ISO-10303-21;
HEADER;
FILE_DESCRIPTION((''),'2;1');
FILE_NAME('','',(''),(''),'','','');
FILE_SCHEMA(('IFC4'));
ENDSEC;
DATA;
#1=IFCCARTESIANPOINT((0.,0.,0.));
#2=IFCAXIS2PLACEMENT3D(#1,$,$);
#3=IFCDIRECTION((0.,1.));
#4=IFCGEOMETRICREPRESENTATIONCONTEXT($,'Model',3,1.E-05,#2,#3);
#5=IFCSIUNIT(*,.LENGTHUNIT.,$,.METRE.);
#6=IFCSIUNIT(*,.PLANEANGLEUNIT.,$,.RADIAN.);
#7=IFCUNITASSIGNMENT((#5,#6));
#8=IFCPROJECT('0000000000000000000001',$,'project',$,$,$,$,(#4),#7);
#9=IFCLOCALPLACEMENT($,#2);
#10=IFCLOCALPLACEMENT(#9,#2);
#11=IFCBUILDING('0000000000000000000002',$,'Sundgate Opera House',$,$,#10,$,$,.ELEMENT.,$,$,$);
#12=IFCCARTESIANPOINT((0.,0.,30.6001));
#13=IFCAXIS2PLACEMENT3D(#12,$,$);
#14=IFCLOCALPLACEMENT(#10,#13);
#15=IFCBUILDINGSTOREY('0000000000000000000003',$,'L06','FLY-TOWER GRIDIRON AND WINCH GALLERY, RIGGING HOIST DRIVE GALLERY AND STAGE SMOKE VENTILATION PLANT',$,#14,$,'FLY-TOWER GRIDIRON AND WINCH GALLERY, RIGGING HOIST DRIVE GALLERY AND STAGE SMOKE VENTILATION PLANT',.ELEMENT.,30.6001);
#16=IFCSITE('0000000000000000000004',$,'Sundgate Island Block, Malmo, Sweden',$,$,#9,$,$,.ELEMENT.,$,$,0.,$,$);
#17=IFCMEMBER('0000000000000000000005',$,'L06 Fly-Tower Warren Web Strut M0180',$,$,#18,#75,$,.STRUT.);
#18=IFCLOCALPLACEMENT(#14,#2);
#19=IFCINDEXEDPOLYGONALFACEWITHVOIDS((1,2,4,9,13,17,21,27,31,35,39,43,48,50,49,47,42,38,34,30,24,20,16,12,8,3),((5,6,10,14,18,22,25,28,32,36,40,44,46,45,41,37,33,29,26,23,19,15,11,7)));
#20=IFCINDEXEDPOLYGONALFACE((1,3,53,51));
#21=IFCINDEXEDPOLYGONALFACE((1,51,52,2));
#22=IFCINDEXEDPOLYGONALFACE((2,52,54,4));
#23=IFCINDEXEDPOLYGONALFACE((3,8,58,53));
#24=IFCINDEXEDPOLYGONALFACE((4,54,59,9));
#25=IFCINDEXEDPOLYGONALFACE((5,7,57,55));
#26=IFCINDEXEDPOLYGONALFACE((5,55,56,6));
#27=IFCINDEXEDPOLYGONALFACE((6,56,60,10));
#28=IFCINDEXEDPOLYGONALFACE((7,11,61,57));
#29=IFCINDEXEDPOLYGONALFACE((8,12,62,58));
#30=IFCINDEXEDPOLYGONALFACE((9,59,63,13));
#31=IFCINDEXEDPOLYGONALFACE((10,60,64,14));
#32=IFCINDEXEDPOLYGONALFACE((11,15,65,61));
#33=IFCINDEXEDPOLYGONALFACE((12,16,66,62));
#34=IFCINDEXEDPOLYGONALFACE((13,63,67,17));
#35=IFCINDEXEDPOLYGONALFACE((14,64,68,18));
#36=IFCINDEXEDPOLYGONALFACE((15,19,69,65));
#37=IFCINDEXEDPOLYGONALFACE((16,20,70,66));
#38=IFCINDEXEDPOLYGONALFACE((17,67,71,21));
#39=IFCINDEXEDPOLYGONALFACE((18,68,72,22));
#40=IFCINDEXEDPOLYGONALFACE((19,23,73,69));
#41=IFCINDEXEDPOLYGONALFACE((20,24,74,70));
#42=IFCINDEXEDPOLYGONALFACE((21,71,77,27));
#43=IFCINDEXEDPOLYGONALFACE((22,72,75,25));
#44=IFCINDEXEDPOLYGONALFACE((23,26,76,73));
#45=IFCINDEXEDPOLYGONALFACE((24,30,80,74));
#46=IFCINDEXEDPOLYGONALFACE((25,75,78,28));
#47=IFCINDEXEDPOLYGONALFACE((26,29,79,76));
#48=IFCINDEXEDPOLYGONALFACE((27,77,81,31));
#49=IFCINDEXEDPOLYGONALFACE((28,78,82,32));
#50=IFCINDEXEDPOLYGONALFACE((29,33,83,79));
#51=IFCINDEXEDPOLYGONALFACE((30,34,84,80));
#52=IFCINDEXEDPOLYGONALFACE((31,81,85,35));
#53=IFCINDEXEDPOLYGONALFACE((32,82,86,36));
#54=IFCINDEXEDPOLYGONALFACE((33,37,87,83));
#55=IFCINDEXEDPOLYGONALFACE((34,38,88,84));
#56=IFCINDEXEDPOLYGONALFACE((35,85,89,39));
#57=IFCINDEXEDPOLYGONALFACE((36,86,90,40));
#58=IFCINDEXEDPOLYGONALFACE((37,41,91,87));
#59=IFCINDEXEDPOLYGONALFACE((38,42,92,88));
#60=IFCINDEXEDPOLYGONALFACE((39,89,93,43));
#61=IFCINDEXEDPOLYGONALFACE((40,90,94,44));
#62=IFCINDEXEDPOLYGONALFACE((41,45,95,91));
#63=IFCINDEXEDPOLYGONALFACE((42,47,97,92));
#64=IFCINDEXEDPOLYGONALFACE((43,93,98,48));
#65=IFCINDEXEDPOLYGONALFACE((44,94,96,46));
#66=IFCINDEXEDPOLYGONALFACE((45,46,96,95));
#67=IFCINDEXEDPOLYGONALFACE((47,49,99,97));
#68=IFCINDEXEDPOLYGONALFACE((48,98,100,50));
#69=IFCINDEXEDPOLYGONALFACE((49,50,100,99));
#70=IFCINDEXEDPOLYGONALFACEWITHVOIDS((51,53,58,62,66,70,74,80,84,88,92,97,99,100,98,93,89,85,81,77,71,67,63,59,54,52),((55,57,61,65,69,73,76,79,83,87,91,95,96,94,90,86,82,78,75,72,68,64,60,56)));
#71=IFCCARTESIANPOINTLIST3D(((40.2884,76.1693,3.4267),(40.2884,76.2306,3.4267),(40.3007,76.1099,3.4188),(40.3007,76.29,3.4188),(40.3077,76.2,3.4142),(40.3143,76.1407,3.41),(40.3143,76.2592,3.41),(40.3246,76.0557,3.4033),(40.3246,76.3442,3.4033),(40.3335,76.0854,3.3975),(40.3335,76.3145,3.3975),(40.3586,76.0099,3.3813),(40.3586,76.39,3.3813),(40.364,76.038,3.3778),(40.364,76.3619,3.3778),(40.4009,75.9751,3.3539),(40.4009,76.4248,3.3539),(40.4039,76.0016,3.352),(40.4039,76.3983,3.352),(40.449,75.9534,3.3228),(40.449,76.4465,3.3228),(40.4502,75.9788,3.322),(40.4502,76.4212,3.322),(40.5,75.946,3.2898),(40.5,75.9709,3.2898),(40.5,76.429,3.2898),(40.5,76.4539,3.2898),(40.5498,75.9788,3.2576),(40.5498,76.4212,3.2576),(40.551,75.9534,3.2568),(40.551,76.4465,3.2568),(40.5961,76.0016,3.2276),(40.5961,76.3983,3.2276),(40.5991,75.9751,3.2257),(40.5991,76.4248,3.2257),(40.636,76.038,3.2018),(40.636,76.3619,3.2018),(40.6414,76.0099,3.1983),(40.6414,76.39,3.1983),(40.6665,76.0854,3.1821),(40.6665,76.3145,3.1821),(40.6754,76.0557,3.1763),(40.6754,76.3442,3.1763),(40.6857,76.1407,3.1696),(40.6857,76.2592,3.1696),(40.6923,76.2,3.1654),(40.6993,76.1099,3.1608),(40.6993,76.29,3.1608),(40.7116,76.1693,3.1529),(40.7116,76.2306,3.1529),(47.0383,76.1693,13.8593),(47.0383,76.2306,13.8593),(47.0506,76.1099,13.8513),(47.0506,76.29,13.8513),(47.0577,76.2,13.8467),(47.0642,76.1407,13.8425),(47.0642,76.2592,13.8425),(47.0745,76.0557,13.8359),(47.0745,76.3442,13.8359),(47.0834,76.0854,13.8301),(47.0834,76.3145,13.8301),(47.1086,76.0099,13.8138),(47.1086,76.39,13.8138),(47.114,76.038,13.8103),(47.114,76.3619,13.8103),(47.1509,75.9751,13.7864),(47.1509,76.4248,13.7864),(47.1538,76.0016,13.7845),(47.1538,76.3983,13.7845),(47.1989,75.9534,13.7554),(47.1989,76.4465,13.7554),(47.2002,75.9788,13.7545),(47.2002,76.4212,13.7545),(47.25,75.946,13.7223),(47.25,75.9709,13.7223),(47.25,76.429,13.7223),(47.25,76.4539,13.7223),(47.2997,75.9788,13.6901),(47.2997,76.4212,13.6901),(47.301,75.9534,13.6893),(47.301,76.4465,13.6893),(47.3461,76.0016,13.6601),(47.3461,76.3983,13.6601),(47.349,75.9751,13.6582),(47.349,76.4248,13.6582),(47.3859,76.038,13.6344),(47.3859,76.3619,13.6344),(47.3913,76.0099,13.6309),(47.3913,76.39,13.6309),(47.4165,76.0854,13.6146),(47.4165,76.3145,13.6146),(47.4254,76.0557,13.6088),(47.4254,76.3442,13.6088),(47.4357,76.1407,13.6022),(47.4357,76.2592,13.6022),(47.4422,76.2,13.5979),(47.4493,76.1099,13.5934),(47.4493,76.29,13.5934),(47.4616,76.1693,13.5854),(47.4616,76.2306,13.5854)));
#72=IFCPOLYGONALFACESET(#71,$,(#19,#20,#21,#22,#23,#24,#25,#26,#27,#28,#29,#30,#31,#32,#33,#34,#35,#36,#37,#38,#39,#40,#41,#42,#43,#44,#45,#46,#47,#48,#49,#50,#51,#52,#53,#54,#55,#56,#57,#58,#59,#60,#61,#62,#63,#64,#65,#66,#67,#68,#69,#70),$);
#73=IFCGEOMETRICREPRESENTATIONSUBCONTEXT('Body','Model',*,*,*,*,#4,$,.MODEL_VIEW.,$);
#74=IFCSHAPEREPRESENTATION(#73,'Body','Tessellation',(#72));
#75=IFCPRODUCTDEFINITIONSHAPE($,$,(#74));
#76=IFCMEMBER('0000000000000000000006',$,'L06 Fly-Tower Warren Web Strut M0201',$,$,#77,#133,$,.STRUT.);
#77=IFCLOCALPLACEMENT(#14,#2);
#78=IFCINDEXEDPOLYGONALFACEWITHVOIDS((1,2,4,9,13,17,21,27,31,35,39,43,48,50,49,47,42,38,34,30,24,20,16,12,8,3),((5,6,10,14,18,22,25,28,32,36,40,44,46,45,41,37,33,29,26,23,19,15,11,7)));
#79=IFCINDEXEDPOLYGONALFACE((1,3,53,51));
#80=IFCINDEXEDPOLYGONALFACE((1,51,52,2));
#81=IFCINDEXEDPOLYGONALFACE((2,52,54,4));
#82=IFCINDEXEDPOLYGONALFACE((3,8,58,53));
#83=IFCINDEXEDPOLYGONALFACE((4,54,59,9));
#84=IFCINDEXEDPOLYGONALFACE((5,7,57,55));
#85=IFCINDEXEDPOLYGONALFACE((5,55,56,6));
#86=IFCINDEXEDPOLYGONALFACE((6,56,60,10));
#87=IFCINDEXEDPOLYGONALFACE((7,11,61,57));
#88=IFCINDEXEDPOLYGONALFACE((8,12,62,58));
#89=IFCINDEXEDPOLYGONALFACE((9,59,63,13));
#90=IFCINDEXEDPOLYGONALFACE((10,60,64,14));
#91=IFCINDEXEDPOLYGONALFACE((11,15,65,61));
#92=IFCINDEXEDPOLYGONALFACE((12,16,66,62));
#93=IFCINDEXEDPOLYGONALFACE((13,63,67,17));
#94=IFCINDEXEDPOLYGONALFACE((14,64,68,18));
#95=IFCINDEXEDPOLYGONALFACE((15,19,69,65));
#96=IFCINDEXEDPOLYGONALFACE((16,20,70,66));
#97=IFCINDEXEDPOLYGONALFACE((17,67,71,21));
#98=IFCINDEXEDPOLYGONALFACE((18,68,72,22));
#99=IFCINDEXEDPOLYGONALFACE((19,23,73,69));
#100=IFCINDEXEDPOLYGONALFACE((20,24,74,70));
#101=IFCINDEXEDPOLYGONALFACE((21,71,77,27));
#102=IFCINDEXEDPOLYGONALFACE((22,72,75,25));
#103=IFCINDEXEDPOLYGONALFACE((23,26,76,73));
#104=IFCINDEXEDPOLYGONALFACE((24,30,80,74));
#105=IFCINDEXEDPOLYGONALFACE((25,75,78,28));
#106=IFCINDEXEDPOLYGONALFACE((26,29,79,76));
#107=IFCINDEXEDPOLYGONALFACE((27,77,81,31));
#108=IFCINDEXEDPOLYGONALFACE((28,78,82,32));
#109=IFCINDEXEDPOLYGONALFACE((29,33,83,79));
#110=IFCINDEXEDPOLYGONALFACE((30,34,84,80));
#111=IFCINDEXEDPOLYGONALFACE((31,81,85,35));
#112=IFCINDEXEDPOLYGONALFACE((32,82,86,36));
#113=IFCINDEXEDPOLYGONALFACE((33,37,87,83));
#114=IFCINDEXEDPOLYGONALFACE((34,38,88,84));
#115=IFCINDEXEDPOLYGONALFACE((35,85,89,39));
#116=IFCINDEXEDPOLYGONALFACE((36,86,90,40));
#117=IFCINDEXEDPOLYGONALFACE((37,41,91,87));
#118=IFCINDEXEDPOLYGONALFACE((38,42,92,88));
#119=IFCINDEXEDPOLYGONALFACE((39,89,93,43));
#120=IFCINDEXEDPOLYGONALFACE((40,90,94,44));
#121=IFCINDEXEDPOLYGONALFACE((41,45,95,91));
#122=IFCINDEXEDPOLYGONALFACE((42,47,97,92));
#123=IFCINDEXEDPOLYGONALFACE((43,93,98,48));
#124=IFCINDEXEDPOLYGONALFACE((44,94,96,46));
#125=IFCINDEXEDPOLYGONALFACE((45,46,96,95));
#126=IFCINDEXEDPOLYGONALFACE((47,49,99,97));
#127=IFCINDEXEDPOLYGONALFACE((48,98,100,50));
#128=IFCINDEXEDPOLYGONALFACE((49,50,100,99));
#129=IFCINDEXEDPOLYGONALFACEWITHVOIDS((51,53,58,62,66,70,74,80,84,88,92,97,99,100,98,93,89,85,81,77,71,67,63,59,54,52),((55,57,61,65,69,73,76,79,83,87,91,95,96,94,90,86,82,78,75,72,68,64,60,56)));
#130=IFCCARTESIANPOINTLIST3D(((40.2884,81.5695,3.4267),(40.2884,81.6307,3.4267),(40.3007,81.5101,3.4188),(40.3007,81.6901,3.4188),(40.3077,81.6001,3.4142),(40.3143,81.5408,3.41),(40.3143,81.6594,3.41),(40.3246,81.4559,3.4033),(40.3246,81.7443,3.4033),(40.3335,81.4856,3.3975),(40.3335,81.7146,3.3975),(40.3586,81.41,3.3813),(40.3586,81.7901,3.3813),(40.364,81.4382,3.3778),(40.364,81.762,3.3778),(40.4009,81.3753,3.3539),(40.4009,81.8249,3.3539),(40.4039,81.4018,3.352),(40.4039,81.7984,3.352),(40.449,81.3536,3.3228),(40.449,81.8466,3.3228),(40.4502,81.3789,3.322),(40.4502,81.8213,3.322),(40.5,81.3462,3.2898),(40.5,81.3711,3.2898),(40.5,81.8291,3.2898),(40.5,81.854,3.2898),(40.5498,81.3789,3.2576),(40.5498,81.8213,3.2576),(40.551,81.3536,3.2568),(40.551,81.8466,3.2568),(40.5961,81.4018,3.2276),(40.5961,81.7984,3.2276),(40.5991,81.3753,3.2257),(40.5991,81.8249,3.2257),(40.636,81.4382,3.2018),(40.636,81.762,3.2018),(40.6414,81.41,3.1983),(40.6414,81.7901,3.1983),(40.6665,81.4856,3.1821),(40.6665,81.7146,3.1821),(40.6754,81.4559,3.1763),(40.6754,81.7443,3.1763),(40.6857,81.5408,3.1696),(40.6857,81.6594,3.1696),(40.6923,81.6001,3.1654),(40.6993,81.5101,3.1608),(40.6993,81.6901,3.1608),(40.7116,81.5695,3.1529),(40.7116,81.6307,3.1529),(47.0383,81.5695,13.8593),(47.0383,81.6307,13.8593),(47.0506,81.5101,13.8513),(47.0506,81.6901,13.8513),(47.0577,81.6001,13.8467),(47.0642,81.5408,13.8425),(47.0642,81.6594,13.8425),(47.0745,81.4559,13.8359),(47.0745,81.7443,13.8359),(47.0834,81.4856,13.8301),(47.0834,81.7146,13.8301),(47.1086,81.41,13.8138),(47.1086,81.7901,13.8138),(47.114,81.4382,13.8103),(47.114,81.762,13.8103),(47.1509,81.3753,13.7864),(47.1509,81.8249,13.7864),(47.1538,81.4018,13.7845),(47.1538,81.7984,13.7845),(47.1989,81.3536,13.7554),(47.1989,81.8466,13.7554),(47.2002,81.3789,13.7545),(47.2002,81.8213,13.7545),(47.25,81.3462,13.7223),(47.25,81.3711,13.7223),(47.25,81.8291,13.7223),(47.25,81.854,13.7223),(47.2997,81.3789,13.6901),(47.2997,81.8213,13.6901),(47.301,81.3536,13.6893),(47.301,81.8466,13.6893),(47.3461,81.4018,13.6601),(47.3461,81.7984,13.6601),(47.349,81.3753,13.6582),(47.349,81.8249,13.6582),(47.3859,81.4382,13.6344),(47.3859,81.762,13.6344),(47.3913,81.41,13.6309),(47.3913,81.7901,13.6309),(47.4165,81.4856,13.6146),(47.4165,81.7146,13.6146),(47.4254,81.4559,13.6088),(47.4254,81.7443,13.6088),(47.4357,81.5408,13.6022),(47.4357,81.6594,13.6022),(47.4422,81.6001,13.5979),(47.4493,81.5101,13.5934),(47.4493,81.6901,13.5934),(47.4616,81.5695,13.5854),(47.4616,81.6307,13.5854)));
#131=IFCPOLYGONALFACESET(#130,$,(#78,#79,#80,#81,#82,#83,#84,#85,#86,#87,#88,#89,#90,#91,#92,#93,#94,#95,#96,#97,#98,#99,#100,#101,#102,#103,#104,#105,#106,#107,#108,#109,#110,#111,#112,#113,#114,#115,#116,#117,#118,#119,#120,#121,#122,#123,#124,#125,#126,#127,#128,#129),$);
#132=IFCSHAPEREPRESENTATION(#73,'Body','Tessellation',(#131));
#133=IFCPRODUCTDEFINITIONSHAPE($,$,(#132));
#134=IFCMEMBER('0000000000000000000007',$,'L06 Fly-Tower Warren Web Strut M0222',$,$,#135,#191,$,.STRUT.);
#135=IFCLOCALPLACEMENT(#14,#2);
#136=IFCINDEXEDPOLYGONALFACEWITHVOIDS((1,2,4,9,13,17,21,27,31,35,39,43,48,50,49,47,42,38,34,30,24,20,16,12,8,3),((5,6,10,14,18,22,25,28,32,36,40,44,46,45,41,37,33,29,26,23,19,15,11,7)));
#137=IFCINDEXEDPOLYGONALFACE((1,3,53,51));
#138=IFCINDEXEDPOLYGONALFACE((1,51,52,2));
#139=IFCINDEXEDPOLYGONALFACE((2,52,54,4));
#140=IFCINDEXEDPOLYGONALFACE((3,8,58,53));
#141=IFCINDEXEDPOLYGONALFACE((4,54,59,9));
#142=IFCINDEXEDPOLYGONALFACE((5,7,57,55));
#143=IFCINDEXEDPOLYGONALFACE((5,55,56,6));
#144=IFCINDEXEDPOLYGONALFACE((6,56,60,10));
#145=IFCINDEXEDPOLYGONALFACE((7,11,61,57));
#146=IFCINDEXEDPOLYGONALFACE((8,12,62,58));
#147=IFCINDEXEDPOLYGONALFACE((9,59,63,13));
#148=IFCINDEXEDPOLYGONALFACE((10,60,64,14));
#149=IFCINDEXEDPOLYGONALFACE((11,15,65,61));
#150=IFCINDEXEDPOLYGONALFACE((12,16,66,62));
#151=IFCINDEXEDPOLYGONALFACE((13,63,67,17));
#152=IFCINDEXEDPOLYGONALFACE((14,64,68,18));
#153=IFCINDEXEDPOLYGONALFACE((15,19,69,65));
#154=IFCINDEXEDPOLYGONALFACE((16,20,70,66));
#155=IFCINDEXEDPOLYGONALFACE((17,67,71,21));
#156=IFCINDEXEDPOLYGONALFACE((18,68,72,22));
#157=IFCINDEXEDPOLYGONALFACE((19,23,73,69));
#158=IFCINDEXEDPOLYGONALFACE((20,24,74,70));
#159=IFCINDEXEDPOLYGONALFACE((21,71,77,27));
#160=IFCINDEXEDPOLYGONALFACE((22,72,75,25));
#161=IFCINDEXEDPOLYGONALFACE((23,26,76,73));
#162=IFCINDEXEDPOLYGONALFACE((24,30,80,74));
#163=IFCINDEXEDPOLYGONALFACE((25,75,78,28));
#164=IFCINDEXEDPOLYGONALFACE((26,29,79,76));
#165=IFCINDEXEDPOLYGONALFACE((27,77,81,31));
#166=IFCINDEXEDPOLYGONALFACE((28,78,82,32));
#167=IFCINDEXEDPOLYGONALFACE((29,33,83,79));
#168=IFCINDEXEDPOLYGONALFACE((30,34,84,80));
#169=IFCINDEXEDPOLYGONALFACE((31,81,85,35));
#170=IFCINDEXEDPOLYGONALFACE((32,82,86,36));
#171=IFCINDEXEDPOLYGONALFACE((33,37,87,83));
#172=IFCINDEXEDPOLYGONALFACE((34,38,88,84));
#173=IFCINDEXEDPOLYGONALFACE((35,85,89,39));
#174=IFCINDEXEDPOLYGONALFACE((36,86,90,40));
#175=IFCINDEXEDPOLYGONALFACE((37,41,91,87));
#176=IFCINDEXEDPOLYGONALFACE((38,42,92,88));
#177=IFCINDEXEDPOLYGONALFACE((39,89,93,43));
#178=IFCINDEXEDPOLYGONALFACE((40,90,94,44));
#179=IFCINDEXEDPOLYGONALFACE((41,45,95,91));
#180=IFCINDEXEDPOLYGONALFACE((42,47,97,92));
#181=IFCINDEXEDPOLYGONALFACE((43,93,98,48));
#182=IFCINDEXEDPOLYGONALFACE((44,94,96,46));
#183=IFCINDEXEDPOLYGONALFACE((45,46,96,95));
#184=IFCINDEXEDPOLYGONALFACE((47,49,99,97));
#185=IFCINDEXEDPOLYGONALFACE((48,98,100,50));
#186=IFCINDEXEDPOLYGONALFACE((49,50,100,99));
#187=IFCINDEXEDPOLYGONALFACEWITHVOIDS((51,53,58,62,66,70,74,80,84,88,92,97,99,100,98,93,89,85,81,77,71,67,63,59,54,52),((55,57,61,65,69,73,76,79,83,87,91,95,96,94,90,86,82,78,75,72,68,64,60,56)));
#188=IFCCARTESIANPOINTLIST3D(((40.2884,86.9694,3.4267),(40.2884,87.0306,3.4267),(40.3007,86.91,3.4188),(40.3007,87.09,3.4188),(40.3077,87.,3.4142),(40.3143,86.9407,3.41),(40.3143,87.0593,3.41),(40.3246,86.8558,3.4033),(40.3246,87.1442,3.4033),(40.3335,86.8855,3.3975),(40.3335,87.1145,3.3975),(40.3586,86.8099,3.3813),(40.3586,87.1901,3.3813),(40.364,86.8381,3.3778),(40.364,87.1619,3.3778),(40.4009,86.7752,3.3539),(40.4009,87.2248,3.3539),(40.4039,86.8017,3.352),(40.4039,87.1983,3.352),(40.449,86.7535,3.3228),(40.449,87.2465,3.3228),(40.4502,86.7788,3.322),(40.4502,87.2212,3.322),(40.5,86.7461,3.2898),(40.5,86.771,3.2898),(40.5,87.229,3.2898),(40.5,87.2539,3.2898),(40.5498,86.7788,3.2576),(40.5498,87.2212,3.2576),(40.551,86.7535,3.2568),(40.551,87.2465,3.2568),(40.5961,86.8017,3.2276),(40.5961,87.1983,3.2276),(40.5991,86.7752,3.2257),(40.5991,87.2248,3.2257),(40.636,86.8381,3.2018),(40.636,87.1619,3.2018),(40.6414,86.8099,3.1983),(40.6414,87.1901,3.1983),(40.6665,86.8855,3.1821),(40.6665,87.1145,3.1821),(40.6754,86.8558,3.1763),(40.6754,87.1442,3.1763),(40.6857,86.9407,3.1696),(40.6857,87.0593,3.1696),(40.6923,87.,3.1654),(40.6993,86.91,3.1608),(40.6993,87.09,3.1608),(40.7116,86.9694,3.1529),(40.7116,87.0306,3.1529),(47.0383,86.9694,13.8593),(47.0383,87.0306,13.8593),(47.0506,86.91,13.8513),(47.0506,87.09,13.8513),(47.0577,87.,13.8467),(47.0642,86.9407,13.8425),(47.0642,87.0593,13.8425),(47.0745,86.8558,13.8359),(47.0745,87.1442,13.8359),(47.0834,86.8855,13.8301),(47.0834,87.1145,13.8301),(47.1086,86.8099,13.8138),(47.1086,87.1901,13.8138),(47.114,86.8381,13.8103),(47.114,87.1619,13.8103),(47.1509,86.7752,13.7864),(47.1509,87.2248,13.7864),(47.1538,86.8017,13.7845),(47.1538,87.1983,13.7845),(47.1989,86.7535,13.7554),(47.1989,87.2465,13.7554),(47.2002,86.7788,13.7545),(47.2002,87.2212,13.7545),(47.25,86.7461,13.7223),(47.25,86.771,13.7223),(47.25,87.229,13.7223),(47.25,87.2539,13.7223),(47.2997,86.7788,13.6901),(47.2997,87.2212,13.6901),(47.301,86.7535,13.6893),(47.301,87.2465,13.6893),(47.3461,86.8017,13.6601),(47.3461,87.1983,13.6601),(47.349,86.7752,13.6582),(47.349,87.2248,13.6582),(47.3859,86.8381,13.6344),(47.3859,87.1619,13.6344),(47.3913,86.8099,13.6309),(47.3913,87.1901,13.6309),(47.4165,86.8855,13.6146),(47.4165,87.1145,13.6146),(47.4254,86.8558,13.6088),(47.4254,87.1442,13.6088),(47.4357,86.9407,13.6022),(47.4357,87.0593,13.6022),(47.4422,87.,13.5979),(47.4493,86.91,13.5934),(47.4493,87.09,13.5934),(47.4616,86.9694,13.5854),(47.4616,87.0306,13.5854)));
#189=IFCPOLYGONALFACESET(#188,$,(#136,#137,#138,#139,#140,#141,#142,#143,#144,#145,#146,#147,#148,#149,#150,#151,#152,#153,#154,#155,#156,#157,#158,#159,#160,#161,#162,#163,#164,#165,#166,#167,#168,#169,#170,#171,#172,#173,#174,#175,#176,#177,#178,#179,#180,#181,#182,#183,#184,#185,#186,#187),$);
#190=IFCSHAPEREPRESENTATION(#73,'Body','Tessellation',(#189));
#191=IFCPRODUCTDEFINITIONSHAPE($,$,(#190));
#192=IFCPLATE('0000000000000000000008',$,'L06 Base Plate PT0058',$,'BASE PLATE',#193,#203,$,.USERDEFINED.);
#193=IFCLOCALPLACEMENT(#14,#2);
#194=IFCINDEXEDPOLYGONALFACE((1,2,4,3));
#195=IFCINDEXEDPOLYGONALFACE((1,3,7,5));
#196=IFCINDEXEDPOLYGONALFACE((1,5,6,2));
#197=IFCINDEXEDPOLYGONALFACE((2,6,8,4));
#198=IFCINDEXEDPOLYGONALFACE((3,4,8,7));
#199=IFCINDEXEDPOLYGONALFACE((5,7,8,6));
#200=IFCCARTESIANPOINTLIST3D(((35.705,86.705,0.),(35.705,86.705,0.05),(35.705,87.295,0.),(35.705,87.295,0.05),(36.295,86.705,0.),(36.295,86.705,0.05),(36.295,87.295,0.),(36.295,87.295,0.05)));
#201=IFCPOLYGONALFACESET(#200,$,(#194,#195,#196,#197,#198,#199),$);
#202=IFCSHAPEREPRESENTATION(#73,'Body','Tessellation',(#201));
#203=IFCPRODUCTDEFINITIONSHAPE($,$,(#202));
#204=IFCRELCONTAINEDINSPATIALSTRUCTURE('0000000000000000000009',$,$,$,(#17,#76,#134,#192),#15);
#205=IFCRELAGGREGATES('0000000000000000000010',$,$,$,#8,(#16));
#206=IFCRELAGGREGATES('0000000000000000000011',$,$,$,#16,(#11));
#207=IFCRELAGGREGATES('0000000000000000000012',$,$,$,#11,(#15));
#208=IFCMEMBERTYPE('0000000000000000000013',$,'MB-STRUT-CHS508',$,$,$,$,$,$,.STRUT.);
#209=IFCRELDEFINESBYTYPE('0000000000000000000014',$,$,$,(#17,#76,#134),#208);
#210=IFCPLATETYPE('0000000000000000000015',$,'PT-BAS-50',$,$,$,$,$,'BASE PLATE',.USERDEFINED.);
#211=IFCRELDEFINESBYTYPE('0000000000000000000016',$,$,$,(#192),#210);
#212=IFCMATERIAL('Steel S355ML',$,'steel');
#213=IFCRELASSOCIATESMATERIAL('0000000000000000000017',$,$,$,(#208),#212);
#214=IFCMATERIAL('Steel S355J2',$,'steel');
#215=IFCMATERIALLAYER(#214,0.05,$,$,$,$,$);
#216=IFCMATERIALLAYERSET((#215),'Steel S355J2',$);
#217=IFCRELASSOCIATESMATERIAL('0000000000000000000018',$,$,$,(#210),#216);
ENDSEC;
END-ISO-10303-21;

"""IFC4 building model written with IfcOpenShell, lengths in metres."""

from ifc_helpers import new_model, si_unit, direction, frame, origin, origin_2d, place, context, subcontext, project, spatial, rectangle, hollow_circle, extrude, material, layer, layer_set, material_profile, profile_set, type_object, element, save


model = new_model("IFC4")

# Units and contexts
model_context = context("Model", 3, precision=1e-05, world=origin(), true_north=direction((0.0, 1.0)))
body_context = subcontext(model_context, "Body", "Model", "MODEL_VIEW")
ifc_project = project(units=[si_unit("LENGTHUNIT", "METRE"), si_unit("PLANEANGLEUNIT", "RADIAN")], contexts=[model_context])

# Site, building, storey
site_placement = place(None, origin())
site = spatial("IfcSite", under=ifc_project, at=site_placement, Name="Sundgate Island Block, Malmo, Sweden", CompositionType="ELEMENT", RefElevation=0.0)
building_placement = place(site_placement, origin())
building = spatial("IfcBuilding", under=site, at=building_placement, Name="Sundgate Opera House", CompositionType="ELEMENT")
storey_placement = place(building_placement, frame((0.0, 0.0, 30.6001)))
storey = spatial("IfcBuildingStorey", under=building, at=storey_placement, Name="L06", Description="FLY-TOWER GRIDIRON AND WINCH GALLERY, RIGGING HOIST DRIVE GALLERY AND STAGE SMOKE VENTILATION PLANT", LongName="FLY-TOWER GRIDIRON AND WINCH GALLERY, RIGGING HOIST DRIVE GALLERY AND STAGE SMOKE VENTILATION PLANT", CompositionType="ELEMENT", Elevation=30.6001)

# Members
ifc_material_1 = material(Name="Steel S355ML", Category="steel")
ifc_material_profile_1 = material_profile(ifc_material_1, hollow_circle(Radius=0.2539, WallThickness=0.0249, at=origin_2d()), Name="CHS 508x25.0")
ifc_profile_set_1 = profile_set([ifc_material_profile_1], Name="Steel S355ML")
member_type_1 = type_object("IfcMemberType", Name="MB-STRUT-CHS508", PredefinedType="STRUT", material=ifc_profile_set_1)
for number, where, z_axis, x_axis, name in (
    (1, (40.5, 76.2, 3.2898), (0.543222, 0.0, 0.839589), (0.0, 1.0, 0.0), "L06 Fly-Tower Warren Web Strut M0180"),
    (2, (40.5, 81.6001, 3.2898), (0.543222, 0.0, 0.839589), (0.0, 1.0, 0.0), "L06 Fly-Tower Warren Web Strut M0201"),
    (3, (40.5, 87.0, 3.2898), (0.543222, 0.0, 0.839589), (0.0, 1.0, 0.0), "L06 Fly-Tower Warren Web Strut M0222"),
):
    element("IfcMember", number, at=place(storey_placement, frame(where, z_axis=z_axis, x_axis=x_axis)), inside=storey, type_object=member_type_1, Name=name, PredefinedType="STRUT", context=body_context, shape_type="SweptSolid", body=[
        extrude(hollow_circle(Radius=0.2539, WallThickness=0.0249, at=origin_2d()), origin(), (0.0, 0.0, 1.0), 12.4258),
    ])

# Plate
ifc_material_2 = material(Name="Steel S355J2", Category="steel")
ifc_layer_1 = layer(ifc_material_2, 0.05)
ifc_layer_set_1 = layer_set([ifc_layer_1], Name="Steel S355J2")
plate_type_1 = type_object("IfcPlateType", Name="PT-BAS-50", ElementType="BASE PLATE", PredefinedType="USERDEFINED", material=ifc_layer_set_1)
plate_1_placement = place(storey_placement, frame((36.0, 87.0, 0.0), z_axis=(0.0, 0.0, 1.0), x_axis=(1.0, 0.0, 0.0)))
element("IfcPlate", 4, at=plate_1_placement, inside=storey, type_object=plate_type_1, Name="L06 Base Plate PT0058", ObjectType="BASE PLATE", PredefinedType="USERDEFINED", context=body_context, shape_type="SweptSolid", body=[
    extrude(rectangle(XDim=0.5901, YDim=0.5901, at=origin_2d()), origin(), (0.0, 0.0, 1.0), 0.05),
])

save(model, "model.ifc")
